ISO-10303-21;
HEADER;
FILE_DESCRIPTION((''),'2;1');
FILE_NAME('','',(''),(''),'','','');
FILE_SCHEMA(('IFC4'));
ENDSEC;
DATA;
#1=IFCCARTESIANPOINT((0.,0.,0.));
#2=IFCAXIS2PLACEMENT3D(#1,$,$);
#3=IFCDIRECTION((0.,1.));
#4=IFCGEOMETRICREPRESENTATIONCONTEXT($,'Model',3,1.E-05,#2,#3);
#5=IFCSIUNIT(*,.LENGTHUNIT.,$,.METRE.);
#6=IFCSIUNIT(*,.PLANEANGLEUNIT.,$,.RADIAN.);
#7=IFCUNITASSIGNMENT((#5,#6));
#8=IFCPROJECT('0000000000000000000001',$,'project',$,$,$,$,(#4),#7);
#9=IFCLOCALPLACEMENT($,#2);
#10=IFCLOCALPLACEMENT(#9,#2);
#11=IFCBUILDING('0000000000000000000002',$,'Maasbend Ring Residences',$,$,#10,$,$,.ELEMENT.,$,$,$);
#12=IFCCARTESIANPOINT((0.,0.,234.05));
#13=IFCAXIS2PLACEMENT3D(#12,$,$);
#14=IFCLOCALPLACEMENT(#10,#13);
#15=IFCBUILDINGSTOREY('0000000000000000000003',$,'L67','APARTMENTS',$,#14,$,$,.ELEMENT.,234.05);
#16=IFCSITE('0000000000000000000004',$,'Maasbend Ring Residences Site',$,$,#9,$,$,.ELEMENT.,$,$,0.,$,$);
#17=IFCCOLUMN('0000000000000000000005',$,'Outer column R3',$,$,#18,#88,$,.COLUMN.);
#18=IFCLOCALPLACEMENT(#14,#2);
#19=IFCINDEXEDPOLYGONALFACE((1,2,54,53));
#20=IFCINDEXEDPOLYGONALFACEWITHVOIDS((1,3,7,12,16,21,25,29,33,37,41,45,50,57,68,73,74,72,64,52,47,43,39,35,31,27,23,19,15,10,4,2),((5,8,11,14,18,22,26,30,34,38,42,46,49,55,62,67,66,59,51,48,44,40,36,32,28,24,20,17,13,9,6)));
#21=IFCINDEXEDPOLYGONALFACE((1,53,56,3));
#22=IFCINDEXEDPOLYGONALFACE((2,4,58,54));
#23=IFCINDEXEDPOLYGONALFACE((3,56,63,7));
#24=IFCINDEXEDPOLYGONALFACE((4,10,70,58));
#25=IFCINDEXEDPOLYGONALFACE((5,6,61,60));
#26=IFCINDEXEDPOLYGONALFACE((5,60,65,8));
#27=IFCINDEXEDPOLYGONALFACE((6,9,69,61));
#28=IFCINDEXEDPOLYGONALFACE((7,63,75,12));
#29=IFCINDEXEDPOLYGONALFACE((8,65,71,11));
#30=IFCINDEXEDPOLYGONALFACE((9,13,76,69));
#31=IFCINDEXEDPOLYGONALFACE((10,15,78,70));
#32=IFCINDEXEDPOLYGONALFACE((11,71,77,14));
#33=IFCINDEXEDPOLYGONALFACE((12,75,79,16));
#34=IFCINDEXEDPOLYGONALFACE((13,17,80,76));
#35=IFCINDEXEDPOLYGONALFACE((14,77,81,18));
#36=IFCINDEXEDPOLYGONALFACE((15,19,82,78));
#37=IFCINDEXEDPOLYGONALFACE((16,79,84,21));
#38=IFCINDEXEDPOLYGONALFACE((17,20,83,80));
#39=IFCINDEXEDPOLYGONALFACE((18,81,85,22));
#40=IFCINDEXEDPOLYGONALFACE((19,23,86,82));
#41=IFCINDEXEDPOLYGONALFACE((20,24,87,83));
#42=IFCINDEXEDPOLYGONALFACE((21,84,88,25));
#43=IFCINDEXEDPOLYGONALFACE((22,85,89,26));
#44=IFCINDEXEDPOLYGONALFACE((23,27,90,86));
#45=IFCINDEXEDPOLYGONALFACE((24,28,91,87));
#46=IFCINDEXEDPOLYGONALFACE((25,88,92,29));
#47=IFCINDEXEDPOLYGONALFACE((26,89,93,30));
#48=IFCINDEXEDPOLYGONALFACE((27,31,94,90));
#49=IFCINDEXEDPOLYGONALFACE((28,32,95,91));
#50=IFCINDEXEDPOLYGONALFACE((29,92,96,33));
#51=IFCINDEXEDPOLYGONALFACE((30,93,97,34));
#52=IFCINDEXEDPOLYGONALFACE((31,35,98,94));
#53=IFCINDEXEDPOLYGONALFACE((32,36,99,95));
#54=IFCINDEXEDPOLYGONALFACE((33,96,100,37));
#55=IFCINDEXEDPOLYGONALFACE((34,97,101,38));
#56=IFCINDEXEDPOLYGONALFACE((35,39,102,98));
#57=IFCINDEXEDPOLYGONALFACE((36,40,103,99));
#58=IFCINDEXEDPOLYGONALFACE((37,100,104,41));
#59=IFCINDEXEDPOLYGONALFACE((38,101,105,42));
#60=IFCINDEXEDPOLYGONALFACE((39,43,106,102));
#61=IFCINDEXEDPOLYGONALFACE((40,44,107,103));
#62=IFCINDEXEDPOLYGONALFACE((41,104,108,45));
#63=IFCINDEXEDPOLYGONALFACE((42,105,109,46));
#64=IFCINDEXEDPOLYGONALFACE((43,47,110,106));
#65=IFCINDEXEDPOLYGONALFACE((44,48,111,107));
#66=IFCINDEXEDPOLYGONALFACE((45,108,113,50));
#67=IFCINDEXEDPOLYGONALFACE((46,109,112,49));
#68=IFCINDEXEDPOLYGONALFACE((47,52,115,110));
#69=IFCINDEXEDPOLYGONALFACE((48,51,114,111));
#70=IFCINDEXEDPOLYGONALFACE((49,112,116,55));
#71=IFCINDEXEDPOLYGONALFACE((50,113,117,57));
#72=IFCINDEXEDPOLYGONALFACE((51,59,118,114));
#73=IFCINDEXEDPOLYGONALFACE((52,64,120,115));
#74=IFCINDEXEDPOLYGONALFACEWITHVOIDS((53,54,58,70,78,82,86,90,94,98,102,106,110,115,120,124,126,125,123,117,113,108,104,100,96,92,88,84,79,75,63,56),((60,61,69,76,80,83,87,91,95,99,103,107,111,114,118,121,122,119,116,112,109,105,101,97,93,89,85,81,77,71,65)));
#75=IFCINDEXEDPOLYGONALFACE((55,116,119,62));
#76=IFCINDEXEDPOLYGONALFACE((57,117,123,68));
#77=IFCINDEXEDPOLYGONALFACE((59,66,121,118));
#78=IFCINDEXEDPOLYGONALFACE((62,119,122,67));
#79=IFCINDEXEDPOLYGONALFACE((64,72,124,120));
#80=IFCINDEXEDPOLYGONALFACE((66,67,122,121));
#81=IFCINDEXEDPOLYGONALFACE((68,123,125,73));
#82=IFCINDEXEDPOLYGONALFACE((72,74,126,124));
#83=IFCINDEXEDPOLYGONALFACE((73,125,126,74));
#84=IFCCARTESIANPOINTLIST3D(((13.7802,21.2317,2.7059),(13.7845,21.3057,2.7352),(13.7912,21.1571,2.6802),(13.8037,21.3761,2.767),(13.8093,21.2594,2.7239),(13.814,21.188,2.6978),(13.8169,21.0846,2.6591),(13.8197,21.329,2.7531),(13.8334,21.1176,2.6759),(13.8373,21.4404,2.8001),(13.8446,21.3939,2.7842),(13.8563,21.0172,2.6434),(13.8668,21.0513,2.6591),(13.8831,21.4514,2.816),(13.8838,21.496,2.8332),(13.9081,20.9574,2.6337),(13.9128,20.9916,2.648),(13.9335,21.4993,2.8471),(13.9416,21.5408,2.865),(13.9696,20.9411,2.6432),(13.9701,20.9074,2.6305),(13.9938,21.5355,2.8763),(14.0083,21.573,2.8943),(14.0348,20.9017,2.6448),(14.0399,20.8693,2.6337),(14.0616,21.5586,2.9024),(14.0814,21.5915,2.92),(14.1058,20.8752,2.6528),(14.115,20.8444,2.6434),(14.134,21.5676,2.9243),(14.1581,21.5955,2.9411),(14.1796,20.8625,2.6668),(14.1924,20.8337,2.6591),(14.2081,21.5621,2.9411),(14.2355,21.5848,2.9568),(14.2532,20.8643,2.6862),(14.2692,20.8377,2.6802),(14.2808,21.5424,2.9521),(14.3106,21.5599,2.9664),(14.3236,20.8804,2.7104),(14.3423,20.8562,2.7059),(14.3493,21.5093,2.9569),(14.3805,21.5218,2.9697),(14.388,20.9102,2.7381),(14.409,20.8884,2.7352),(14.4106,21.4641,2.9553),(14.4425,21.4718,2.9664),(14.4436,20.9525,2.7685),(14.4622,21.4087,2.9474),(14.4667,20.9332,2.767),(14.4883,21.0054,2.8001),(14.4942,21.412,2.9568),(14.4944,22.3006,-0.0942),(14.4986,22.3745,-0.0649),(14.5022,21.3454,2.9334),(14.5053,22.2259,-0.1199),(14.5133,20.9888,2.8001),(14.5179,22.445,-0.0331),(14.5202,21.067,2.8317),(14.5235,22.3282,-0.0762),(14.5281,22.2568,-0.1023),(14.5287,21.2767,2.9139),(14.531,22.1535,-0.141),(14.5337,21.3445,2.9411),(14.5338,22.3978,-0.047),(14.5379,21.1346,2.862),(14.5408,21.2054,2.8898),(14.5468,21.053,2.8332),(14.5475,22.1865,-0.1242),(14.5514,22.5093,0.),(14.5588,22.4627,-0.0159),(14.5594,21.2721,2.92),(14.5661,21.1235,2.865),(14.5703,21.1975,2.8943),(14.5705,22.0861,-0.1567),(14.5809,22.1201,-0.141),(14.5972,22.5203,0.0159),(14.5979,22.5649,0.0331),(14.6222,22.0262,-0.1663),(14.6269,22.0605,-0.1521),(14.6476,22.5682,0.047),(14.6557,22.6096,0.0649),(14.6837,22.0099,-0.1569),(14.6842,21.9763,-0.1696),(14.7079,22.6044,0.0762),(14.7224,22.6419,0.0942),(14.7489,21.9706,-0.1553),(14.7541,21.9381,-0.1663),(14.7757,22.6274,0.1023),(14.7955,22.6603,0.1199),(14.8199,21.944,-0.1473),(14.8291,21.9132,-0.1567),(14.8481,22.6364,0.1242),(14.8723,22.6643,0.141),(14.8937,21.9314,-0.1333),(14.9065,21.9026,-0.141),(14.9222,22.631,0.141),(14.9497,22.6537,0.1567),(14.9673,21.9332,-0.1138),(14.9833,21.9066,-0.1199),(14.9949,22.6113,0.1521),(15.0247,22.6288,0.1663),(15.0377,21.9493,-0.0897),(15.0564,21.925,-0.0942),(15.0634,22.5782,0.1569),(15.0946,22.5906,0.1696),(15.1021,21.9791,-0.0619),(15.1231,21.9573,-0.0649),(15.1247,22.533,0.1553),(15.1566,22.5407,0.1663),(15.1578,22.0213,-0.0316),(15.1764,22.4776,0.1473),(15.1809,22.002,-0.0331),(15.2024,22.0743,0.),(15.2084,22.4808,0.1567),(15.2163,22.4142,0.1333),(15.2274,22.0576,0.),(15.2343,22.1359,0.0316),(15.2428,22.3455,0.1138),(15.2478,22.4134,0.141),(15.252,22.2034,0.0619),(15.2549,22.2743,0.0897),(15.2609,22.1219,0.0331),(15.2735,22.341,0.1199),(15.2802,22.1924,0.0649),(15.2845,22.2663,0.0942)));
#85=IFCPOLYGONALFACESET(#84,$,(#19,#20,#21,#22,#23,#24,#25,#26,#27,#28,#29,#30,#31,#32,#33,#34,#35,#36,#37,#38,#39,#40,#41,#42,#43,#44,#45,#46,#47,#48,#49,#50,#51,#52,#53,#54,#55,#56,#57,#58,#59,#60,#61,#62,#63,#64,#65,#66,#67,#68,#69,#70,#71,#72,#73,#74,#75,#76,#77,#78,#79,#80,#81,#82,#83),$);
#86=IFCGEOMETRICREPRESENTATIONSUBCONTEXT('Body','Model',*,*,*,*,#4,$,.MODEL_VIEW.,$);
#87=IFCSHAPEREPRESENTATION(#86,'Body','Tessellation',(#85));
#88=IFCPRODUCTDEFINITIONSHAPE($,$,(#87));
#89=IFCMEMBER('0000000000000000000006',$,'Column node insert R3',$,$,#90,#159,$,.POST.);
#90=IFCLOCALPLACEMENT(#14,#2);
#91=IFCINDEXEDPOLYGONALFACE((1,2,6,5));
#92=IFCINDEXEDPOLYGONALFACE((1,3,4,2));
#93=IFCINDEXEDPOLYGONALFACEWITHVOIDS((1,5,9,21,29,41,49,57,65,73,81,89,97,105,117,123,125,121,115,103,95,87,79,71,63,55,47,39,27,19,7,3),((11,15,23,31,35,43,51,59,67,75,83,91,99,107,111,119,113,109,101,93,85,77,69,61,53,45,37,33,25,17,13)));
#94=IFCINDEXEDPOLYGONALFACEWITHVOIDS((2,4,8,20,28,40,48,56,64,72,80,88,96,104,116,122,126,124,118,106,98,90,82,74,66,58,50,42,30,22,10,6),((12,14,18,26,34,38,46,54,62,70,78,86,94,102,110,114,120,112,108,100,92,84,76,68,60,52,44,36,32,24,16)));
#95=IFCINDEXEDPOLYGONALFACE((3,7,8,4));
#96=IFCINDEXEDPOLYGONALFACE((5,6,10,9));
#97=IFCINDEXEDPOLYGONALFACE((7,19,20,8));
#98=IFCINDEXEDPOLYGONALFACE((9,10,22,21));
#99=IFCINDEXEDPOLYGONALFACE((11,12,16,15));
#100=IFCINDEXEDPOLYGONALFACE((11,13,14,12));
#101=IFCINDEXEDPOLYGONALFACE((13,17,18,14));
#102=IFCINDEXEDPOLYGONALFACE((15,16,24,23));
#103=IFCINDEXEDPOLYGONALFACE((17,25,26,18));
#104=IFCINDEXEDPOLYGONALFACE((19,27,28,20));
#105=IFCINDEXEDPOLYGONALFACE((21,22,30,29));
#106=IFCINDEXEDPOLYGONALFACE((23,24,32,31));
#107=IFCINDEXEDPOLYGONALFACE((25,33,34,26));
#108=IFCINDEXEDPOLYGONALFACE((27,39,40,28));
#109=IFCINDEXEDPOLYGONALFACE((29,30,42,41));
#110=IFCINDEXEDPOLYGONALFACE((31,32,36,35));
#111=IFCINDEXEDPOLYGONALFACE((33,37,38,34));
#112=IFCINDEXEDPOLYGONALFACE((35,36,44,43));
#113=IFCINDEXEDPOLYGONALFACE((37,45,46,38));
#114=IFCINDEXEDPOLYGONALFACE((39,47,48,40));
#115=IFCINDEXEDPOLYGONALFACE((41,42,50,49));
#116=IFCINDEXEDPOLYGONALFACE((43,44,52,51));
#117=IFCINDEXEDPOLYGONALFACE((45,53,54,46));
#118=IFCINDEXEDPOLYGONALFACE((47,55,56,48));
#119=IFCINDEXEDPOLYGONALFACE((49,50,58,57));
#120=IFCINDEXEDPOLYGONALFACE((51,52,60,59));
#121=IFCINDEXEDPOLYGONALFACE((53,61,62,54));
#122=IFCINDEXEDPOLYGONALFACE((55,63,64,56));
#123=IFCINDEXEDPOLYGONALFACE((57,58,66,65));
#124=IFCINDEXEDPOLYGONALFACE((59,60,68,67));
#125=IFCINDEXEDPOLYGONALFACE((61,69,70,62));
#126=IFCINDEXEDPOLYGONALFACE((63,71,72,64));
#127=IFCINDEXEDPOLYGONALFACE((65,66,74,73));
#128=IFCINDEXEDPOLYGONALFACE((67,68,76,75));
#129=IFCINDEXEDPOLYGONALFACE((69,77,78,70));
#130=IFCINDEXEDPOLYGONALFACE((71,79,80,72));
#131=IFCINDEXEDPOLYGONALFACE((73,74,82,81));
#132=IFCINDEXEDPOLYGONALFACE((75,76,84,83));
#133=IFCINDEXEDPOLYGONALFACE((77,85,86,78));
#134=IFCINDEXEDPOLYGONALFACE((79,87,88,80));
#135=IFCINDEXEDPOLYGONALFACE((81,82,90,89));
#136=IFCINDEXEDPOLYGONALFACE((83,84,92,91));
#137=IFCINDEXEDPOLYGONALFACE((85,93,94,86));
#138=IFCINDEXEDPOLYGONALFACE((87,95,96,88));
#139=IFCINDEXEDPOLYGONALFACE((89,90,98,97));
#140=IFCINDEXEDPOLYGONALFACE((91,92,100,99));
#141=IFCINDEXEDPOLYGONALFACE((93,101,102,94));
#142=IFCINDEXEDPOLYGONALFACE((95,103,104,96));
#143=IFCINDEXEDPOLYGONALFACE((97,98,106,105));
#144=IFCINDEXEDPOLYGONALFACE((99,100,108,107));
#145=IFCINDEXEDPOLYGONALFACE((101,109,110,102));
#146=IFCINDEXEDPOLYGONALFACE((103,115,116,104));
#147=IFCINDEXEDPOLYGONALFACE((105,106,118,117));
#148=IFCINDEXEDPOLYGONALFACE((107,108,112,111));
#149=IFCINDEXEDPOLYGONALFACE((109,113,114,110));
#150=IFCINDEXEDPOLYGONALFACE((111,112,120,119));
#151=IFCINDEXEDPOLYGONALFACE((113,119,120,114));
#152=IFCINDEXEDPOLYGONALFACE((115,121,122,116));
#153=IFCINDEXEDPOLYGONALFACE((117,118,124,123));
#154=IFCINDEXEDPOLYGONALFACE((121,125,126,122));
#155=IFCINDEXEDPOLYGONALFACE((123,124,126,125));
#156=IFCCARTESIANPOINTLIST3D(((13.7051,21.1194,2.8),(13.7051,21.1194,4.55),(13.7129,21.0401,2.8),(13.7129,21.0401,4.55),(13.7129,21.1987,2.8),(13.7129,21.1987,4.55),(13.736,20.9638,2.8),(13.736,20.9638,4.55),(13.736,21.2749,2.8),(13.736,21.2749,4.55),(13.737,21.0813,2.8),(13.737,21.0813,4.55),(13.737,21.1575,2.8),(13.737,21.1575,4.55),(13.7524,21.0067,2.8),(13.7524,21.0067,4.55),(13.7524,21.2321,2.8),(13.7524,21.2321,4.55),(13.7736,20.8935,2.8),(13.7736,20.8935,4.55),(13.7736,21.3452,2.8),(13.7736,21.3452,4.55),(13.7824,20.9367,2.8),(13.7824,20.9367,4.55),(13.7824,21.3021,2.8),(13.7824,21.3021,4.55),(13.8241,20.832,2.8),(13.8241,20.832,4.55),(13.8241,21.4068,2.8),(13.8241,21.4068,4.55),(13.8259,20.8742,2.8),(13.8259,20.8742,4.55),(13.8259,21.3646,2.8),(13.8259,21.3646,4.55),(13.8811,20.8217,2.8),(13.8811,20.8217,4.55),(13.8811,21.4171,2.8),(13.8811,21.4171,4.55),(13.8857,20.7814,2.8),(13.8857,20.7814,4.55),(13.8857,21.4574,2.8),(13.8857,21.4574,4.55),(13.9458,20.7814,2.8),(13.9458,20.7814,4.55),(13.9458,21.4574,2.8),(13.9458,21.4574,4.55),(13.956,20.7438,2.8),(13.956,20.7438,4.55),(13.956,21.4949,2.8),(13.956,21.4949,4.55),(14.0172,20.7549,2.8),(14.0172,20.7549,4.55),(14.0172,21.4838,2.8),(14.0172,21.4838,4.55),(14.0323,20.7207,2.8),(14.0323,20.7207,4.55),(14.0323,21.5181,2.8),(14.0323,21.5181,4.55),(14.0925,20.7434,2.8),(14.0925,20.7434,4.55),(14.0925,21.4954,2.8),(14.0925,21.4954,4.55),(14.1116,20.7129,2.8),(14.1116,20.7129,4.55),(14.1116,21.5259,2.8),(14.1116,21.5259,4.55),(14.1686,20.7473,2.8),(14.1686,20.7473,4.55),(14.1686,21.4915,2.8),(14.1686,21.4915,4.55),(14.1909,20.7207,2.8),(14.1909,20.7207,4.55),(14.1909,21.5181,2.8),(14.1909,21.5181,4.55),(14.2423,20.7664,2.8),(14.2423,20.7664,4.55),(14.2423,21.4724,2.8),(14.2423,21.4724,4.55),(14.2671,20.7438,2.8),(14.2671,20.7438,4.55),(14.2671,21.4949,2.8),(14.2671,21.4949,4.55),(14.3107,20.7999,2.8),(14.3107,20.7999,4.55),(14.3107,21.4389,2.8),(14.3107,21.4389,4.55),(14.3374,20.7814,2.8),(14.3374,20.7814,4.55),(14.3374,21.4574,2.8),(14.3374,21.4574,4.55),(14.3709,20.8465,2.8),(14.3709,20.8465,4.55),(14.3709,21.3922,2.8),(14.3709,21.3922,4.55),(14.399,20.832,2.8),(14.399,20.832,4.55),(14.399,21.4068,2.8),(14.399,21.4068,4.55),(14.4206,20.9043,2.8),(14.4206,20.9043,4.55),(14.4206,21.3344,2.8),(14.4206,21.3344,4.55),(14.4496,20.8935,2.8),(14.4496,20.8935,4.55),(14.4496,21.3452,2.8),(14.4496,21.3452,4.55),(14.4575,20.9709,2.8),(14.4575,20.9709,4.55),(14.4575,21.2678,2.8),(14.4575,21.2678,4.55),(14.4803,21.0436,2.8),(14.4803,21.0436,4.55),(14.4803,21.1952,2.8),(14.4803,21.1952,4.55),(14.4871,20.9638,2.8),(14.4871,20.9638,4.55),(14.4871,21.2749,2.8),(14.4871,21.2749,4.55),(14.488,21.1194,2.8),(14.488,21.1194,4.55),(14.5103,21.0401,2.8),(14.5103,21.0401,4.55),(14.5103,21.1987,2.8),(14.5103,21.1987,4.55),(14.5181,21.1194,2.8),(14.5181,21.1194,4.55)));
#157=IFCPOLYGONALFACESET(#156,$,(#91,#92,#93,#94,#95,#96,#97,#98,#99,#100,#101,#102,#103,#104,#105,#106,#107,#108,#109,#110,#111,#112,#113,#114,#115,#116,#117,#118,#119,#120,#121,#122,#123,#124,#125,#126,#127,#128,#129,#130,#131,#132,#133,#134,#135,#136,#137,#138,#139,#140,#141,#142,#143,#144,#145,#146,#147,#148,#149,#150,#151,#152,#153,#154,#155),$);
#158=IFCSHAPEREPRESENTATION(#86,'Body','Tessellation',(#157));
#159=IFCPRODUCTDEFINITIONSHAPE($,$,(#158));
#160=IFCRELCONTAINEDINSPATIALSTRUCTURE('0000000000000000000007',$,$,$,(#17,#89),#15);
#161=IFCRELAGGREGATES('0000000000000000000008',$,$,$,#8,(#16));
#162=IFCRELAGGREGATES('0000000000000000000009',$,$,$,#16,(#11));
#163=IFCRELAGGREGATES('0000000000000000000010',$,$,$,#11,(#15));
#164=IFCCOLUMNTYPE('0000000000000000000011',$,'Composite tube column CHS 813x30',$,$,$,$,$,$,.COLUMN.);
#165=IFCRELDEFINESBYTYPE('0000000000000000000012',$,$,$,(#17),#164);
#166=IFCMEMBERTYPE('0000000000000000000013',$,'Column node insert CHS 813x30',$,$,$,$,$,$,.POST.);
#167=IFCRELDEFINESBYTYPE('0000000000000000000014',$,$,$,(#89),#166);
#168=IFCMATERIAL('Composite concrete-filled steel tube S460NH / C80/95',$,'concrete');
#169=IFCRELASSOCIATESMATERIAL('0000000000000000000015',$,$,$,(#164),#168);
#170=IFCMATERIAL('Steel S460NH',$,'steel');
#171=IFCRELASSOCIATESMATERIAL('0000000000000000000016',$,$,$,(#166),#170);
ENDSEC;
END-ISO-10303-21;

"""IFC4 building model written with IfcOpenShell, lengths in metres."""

from ifc_helpers import new_model, si_unit, direction, frame, origin, origin_2d, place, context, subcontext, project, spatial, hollow_circle, extrude, material, material_profile, profile_set, type_object, element, save


model = new_model("IFC4")

# Units and contexts
model_context = context("Model", 3, precision=1e-05, world=origin(), true_north=direction((0.0, 1.0)))
body_context = subcontext(model_context, "Body", "Model", "MODEL_VIEW")
ifc_project = project(units=[si_unit("LENGTHUNIT", "METRE"), si_unit("PLANEANGLEUNIT", "RADIAN")], contexts=[model_context])

# Site, building, storey
site_placement = place(None, origin())
site = spatial("IfcSite", under=ifc_project, at=site_placement, Name="Maasbend Ring Residences Site", CompositionType="ELEMENT", RefElevation=0.0)
building_placement = place(site_placement, origin())
building = spatial("IfcBuilding", under=site, at=building_placement, Name="Maasbend Ring Residences", CompositionType="ELEMENT")
storey_placement = place(building_placement, frame((0.0, 0.0, 234.05)))
storey = spatial("IfcBuildingStorey", under=building, at=storey_placement, Name="L67", Description="APARTMENTS", CompositionType="ELEMENT", Elevation=234.05)

# Column
ifc_material_1 = material(Name="Composite concrete-filled steel tube S460NH / C80/95", Category="concrete")
ifc_material_profile_1 = material_profile(ifc_material_1, hollow_circle(Radius=0.4065, WallThickness=0.03, at=origin_2d()), Name="Composite tube column CHS 813x30")
ifc_profile_set_1 = profile_set([ifc_material_profile_1], Name="Composite concrete-filled steel tube S460NH / C80/95")
column_type = type_object("IfcColumnType", Name="Composite tube column CHS 813x30", PredefinedType="COLUMN", material=ifc_profile_set_1)
column_placement = place(storey_placement, frame((14.8894, 22.2834, 0.0), z_axis=(-0.231778, -0.346914, 0.908807), x_axis=(0.831495, -0.555533, 0.0)))
element("IfcColumn", 1, at=column_placement, inside=storey, type_object=column_type, Name="Outer column R3", PredefinedType="COLUMN", context=body_context, shape_type="SweptSolid", body=[
    extrude(hollow_circle(Radius=0.4065, WallThickness=0.03, at=origin_2d()), origin(), (0.0, 0.0, 1.0), 3.0811),
])

# Member
ifc_material_2 = material(Name="Steel S460NH", Category="steel")
ifc_material_profile_2 = material_profile(ifc_material_2, hollow_circle(Radius=0.4065, WallThickness=0.03, at=origin_2d()), Name="Column node insert CHS 813x30")
ifc_profile_set_2 = profile_set([ifc_material_profile_2], Name="Steel S460NH")
member_type = type_object("IfcMemberType", Name="Column node insert CHS 813x30", PredefinedType="POST", material=ifc_profile_set_2)
member_placement = place(storey_placement, frame((14.1116, 21.1194, 2.8), z_axis=(0.0, 0.0, 1.0), x_axis=(1.0, 0.0, 0.0)))
element("IfcMember", 2, at=member_placement, inside=storey, type_object=member_type, Name="Column node insert R3", PredefinedType="POST", context=body_context, shape_type="SweptSolid", body=[
    extrude(hollow_circle(Radius=0.4065, WallThickness=0.03, at=origin_2d()), origin(), (0.0, 0.0, 1.0), 1.75),
])

save(model, "model.ifc")
